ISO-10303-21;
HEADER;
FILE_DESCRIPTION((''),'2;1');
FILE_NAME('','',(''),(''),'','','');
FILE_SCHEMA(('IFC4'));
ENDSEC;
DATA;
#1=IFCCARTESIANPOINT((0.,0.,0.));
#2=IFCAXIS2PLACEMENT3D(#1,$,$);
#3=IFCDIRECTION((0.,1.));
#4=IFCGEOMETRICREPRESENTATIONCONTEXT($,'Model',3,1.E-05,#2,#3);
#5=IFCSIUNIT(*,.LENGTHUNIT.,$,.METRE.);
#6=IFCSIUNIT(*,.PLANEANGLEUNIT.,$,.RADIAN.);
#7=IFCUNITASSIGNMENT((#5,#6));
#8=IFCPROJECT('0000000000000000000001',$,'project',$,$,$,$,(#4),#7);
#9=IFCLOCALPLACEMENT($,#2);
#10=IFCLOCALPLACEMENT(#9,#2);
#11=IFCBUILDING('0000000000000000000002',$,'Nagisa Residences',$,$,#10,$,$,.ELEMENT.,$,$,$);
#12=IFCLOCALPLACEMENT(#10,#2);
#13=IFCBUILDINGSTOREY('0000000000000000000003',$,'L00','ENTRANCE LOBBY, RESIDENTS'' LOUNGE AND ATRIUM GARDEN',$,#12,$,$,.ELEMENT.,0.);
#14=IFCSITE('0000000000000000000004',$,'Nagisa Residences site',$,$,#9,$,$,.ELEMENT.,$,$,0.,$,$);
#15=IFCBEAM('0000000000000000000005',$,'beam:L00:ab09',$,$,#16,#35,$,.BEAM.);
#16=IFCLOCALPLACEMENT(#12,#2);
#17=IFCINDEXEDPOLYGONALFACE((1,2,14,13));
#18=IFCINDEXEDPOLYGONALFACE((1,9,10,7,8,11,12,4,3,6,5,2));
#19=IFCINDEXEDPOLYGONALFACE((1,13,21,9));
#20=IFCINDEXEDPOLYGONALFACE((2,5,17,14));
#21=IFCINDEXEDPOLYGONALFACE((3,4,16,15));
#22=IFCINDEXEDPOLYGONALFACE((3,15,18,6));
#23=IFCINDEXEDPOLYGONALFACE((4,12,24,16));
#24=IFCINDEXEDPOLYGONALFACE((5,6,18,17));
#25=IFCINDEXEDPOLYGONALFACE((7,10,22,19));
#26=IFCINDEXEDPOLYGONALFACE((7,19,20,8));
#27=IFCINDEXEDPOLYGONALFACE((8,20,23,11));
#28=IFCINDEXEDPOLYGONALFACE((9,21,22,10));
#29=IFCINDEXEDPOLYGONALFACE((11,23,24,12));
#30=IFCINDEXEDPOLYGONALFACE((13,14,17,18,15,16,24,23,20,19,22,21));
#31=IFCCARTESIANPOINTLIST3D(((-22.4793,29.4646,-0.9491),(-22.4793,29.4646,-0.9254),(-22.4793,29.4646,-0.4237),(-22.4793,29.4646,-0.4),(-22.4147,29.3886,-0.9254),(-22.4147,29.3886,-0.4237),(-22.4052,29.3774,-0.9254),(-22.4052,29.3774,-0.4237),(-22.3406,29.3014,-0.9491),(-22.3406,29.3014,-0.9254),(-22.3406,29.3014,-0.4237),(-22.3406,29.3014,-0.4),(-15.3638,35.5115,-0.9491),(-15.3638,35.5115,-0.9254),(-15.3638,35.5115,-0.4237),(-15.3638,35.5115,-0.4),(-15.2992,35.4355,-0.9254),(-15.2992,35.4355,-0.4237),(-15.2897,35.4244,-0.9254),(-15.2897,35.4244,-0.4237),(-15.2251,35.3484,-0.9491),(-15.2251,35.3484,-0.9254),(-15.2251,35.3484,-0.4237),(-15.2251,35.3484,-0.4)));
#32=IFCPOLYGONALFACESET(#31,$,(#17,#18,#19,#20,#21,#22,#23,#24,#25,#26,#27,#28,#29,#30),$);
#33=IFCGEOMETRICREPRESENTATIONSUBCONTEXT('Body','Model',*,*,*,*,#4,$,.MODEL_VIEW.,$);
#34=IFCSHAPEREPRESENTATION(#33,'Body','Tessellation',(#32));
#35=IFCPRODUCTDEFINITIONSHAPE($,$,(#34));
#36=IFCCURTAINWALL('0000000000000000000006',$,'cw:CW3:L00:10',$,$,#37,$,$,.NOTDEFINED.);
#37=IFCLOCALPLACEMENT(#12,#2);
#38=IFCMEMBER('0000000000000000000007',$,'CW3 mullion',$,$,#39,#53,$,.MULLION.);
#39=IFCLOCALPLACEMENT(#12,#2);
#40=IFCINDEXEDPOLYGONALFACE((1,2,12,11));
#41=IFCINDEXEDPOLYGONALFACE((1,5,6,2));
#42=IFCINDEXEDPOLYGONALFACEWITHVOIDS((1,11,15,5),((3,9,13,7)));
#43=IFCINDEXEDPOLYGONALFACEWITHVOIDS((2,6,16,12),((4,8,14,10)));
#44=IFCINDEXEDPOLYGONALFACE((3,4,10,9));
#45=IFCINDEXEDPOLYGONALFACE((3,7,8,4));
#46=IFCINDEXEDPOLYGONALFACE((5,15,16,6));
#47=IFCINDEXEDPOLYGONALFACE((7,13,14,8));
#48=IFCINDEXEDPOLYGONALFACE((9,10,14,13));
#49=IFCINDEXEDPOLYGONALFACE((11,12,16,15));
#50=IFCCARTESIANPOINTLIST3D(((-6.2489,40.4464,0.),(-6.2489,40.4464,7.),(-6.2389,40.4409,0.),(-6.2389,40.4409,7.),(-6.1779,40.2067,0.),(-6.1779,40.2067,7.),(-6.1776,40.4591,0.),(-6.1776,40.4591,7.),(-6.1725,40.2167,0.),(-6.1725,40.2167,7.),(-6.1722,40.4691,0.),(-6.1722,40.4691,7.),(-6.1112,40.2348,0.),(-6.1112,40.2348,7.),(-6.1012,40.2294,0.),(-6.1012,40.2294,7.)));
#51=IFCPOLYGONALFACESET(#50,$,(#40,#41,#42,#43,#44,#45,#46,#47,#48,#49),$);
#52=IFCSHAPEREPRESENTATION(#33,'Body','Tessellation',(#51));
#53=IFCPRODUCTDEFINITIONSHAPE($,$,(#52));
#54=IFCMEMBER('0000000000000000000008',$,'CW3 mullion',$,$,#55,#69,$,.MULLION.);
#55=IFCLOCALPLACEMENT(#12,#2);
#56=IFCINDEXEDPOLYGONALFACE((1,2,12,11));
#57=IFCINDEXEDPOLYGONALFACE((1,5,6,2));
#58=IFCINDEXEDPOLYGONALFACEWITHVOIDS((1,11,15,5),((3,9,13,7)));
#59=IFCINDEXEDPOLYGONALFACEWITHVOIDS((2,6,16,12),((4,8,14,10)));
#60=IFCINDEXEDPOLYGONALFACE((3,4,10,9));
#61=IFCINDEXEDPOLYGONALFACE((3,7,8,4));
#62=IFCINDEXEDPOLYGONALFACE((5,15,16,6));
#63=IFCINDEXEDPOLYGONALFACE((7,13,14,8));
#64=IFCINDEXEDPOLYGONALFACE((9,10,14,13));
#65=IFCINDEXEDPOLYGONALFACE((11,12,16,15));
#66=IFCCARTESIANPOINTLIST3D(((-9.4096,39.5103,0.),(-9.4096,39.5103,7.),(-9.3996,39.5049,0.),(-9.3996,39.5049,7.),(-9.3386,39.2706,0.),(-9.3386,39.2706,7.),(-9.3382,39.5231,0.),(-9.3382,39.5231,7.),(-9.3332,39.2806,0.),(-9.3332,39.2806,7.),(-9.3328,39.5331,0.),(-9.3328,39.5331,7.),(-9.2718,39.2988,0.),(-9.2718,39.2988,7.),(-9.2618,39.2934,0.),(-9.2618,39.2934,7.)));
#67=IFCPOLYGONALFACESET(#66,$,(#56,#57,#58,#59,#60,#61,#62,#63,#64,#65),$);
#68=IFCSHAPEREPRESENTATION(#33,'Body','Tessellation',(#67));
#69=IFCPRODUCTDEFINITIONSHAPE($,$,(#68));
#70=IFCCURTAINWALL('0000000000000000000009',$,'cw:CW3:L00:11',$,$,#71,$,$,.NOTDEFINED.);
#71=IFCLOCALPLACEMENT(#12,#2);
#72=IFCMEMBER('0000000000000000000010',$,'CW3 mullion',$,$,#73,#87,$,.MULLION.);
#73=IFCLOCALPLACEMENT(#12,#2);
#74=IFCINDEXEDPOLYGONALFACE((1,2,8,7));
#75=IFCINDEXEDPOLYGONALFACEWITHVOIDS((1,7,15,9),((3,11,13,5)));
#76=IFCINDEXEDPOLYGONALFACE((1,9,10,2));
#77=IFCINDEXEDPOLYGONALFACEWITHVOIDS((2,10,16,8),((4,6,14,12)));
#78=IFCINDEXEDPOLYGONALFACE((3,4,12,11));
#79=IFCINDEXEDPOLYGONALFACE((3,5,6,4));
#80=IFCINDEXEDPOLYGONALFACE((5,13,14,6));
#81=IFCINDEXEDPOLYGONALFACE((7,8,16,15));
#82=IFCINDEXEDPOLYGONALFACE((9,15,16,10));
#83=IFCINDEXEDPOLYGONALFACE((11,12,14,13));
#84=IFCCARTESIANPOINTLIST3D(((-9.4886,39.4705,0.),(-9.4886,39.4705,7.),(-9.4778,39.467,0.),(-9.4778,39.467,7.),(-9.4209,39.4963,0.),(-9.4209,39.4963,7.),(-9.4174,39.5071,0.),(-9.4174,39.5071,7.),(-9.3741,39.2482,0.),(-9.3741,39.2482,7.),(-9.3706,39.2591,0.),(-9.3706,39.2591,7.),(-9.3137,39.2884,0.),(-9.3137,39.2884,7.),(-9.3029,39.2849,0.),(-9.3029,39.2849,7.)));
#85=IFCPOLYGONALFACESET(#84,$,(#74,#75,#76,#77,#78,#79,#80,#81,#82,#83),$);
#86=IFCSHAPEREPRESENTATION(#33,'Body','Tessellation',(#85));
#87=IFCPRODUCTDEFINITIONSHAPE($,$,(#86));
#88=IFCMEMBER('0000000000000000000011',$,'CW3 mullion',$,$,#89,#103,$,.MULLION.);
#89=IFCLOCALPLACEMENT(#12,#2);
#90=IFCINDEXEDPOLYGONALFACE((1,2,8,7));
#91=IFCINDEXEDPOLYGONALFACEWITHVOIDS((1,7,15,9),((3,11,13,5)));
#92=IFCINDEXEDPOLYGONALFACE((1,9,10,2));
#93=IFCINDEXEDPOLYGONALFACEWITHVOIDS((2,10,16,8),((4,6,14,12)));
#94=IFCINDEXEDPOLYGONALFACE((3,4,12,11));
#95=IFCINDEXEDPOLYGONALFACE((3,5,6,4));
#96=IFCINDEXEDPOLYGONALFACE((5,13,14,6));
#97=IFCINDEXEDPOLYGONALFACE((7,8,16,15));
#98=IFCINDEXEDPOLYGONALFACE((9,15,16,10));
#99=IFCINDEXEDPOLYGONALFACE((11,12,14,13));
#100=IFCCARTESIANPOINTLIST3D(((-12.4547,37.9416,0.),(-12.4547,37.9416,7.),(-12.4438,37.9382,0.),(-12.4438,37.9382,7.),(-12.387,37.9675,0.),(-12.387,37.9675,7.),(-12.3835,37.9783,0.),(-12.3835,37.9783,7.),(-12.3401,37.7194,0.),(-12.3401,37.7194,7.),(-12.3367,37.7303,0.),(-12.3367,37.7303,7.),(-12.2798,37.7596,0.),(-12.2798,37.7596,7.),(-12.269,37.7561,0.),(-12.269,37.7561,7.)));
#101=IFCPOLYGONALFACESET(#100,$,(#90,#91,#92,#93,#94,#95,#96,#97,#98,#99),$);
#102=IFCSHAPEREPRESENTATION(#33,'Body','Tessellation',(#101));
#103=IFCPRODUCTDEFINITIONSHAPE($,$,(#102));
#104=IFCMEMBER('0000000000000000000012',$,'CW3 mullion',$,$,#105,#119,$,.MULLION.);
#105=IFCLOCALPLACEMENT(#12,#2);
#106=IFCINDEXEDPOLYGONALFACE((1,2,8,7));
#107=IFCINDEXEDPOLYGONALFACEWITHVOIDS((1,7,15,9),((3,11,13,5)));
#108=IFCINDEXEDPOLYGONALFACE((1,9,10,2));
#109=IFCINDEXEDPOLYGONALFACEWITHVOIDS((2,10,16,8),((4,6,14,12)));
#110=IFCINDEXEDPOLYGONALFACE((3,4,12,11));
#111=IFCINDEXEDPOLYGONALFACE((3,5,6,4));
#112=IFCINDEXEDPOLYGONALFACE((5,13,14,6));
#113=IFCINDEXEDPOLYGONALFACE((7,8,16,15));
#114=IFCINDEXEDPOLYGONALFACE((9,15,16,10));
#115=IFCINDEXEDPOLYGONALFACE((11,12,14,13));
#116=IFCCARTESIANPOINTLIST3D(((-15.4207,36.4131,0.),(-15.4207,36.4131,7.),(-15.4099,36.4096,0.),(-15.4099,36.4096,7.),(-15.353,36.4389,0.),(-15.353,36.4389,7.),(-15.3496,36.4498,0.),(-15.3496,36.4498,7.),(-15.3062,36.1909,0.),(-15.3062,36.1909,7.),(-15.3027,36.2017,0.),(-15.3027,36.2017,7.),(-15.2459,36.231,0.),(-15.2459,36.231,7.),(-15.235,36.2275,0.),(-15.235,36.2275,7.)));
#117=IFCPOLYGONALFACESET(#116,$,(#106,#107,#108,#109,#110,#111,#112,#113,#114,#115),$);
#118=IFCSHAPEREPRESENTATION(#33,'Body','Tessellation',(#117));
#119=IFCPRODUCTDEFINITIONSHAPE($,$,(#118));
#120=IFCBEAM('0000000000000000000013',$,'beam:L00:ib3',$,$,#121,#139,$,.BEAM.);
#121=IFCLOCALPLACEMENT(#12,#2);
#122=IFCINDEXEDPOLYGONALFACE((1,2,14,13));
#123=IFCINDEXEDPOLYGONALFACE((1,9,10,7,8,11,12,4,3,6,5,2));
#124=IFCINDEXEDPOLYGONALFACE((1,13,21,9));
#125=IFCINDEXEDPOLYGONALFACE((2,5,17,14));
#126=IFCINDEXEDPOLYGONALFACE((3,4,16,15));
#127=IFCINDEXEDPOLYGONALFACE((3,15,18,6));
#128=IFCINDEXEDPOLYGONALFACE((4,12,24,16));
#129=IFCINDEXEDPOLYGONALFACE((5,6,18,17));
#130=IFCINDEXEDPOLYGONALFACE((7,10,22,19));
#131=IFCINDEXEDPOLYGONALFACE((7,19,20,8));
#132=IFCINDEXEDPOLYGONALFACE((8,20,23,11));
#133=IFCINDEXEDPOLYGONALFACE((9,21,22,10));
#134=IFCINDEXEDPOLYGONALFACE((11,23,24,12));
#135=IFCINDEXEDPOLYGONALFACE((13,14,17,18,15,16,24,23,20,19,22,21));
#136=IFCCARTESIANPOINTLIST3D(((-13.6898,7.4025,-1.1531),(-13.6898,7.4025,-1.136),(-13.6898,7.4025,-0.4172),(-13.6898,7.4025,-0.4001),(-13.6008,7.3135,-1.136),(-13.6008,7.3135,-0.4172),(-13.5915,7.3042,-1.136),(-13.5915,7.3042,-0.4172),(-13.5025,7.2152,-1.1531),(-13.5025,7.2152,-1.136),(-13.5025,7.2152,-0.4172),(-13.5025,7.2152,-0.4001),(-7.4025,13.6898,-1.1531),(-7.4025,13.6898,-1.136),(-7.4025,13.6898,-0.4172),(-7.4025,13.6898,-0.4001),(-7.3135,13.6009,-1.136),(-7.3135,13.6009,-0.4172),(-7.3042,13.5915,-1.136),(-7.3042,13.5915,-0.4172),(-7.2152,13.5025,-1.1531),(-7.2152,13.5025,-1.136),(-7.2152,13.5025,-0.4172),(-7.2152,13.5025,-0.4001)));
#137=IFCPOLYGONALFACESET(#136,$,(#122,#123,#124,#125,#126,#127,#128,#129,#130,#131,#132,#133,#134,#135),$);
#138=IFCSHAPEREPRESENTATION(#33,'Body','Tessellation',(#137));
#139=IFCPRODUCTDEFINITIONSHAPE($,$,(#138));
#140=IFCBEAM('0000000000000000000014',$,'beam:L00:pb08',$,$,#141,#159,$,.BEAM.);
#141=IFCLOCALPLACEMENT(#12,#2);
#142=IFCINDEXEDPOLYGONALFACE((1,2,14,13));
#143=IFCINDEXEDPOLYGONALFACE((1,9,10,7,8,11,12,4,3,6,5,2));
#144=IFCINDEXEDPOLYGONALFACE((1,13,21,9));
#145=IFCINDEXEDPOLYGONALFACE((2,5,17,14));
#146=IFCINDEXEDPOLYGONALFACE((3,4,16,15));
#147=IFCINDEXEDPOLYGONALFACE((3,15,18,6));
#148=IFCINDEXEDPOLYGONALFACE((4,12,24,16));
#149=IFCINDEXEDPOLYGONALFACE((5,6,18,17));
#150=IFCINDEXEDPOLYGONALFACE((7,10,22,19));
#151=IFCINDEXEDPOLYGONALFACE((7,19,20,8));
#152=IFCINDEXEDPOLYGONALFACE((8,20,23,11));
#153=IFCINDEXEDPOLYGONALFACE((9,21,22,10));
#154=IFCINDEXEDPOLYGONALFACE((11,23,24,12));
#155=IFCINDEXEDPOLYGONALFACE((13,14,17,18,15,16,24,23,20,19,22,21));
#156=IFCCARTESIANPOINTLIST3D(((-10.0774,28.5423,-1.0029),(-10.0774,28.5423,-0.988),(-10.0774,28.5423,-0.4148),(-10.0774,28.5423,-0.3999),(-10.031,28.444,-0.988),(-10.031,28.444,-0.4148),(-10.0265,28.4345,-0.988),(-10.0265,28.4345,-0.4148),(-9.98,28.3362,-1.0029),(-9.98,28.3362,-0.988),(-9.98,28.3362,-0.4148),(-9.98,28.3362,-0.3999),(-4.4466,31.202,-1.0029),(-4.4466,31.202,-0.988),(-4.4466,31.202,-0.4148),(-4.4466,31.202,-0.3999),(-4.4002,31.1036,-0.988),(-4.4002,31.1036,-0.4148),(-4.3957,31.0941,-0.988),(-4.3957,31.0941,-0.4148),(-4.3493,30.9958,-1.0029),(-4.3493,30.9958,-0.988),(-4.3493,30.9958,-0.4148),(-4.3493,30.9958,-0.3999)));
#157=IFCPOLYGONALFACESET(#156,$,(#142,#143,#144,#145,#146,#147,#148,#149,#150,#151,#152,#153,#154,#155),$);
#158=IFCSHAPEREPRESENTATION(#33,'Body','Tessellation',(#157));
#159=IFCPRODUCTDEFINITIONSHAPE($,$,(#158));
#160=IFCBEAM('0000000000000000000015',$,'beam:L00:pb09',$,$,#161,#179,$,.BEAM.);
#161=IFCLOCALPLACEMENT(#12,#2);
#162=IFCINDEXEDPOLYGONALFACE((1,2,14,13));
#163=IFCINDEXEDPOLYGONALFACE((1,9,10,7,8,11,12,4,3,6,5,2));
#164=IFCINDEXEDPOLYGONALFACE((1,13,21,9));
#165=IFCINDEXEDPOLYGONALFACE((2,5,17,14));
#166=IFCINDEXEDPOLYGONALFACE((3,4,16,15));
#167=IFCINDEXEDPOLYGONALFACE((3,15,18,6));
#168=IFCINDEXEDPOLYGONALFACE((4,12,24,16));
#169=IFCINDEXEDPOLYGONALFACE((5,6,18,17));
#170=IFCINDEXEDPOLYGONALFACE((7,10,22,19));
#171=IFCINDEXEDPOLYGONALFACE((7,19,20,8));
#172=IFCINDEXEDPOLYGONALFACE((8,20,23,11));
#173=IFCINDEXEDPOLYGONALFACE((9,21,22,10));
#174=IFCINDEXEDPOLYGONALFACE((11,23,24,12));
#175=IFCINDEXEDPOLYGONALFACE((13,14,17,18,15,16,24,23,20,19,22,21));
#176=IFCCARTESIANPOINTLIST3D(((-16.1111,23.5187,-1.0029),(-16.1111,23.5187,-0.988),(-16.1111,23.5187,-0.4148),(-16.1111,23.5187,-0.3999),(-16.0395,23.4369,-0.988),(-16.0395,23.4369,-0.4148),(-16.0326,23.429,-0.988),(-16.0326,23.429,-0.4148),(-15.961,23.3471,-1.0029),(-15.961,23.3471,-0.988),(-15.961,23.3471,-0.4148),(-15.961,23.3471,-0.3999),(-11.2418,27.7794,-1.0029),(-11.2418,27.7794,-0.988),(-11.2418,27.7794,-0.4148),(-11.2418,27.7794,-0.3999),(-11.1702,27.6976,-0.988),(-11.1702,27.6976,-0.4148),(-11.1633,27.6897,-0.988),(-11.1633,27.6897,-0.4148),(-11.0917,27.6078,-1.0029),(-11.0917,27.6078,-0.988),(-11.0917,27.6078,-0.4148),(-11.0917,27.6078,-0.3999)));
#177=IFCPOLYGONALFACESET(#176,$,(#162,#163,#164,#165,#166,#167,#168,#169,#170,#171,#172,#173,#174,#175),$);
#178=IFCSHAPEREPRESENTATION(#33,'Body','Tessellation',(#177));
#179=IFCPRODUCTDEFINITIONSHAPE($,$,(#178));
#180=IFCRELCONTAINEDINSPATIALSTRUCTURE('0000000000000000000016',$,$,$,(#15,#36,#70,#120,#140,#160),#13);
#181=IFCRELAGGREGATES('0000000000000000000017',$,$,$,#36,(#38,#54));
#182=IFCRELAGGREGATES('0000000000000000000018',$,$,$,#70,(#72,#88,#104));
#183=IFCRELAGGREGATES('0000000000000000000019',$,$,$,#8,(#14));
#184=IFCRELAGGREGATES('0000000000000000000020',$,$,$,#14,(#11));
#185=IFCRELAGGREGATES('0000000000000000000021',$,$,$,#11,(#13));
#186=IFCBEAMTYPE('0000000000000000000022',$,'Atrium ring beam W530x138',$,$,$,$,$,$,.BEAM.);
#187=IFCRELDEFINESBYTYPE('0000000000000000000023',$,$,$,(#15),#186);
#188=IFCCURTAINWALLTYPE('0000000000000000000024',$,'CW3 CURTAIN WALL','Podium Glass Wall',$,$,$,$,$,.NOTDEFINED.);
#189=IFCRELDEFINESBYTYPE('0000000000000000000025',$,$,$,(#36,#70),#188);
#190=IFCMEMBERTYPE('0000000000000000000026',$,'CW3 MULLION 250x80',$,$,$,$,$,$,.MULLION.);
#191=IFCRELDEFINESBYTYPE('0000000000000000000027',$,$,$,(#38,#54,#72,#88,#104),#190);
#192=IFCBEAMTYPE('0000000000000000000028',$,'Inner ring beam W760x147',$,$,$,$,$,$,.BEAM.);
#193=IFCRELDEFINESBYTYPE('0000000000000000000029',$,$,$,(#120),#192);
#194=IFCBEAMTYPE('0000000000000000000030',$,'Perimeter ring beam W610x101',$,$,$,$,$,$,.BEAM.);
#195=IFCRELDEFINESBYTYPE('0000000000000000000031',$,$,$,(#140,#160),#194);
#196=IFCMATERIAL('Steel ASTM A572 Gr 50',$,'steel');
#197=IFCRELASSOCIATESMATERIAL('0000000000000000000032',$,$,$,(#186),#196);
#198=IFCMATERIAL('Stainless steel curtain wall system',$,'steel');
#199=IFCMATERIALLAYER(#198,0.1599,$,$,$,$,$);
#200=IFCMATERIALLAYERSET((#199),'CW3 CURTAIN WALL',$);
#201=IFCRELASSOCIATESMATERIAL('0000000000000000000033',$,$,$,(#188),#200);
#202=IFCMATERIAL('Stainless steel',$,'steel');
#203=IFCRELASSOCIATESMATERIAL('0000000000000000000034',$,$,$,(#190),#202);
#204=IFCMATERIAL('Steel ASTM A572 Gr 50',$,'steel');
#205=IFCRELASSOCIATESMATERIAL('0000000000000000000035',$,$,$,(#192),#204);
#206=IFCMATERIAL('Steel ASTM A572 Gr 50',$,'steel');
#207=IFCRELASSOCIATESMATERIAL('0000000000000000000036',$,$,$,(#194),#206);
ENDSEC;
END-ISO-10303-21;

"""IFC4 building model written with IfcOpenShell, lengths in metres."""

from ifc_helpers import new_model, si_unit, direction, frame, origin, origin_2d, place, context, subcontext, project, spatial, hollow_rectangle, i_section, extrude, material, layer, layer_set, material_profile, profile_set, type_object, element, aggregate, save


model = new_model("IFC4")

# Units and contexts
model_context = context("Model", 3, precision=1e-05, world=origin(), true_north=direction((0.0, 1.0)))
body_context = subcontext(model_context, "Body", "Model", "MODEL_VIEW")
ifc_project = project(units=[si_unit("LENGTHUNIT", "METRE"), si_unit("PLANEANGLEUNIT", "RADIAN")], contexts=[model_context])

# Site, building, storey
site_placement = place(None, origin())
site = spatial("IfcSite", under=ifc_project, at=site_placement, Name="Nagisa Residences site", CompositionType="ELEMENT", RefElevation=0.0)
building_placement = place(site_placement, origin())
building = spatial("IfcBuilding", under=site, at=building_placement, Name="Nagisa Residences", CompositionType="ELEMENT")
storey_placement = place(building_placement, origin())
storey = spatial("IfcBuildingStorey", under=building, at=storey_placement, Name="L00", Description="ENTRANCE LOBBY, RESIDENTS' LOUNGE AND ATRIUM GARDEN", CompositionType="ELEMENT", Elevation=0.0)

# Beam
ifc_material_1 = material(Name="Steel ASTM A572 Gr 50", Category="steel")
ifc_material_profile_1 = material_profile(ifc_material_1, i_section(OverallWidth=0.2141, OverallDepth=0.5491, WebThickness=0.0146, FlangeThickness=0.0237, at=origin_2d()), Name="W530x138")
ifc_profile_set_1 = profile_set([ifc_material_profile_1], Name="Steel ASTM A572 Gr 50")
beam_type_1 = type_object("IfcBeamType", Name="Atrium ring beam W530x138", PredefinedType="BEAM", material=ifc_profile_set_1)
beam_1_placement = place(storey_placement, frame((-15.2944, 35.4299, -0.6746), z_axis=(-0.762007, -0.647569, 0.0), x_axis=(0.647569, -0.762007, 0.0)))
element("IfcBeam", 1, at=beam_1_placement, inside=storey, type_object=beam_type_1, Name="beam:L00:ab09", PredefinedType="BEAM", context=body_context, shape_type="SweptSolid", body=[
    extrude(i_section(OverallWidth=0.2141, OverallDepth=0.5491, WebThickness=0.0146, FlangeThickness=0.0237, at=origin_2d()), origin(), (0.0, 0.0, 1.0), 9.3379),
])

# Curtain walls, members
ifc_material_2 = material(Name="Stainless steel curtain wall system", Category="steel")
ifc_layer_1 = layer(ifc_material_2, 0.1599)
ifc_layer_set_1 = layer_set([ifc_layer_1], Name="CW3 CURTAIN WALL")
curtain_wall_type = type_object("IfcCurtainWallType", Name="CW3 CURTAIN WALL", Description="Podium Glass Wall", PredefinedType="NOTDEFINED", material=ifc_layer_set_1)
curtain_wall_1_placement = place(storey_placement, origin())
curtain_wall_1 = element("IfcCurtainWall", 2, at=curtain_wall_1_placement, inside=storey, type_object=curtain_wall_type, Name="cw:CW3:L00:10", PredefinedType="NOTDEFINED")
ifc_material_3 = material(Name="Stainless steel", Category="steel")
ifc_material_profile_2 = material_profile(ifc_material_3, hollow_rectangle(XDim=0.25, YDim=0.0801, WallThickness=0.0081, at=origin_2d()), Name="CW3 MULLION 250x80")
ifc_profile_set_2 = profile_set([ifc_material_profile_2], Name="Stainless steel")
member_type = type_object("IfcMemberType", Name="CW3 MULLION 250x80", PredefinedType="MULLION", material=ifc_profile_set_2)
member_1_placement = place(storey_placement, frame((-6.175, 40.3379, 0.0), z_axis=(0.0, 0.0, 1.0), x_axis=(0.283963, -0.958835, 0.0)))
member_1 = element("IfcMember", 3, at=member_1_placement, type_object=member_type, Name="CW3 mullion", PredefinedType="MULLION", context=body_context, shape_type="SweptSolid", body=[
    extrude(hollow_rectangle(XDim=0.25, YDim=0.0801, WallThickness=0.0081, at=origin_2d()), origin(), (0.0, 0.0, 1.0), 7.0),
])
member_2_placement = place(storey_placement, frame((-9.3357, 39.4019, 0.0), z_axis=(0.0, 0.0, 1.0), x_axis=(0.283963, -0.958835, 0.0)))
member_2 = element("IfcMember", 4, at=member_2_placement, type_object=member_type, Name="CW3 mullion", PredefinedType="MULLION", context=body_context, shape_type="SweptSolid", body=[
    extrude(hollow_rectangle(XDim=0.25, YDim=0.0801, WallThickness=0.0081, at=origin_2d()), origin(), (0.0, 0.0, 1.0), 7.0),
])
aggregate(curtain_wall_1, [member_1, member_2])
curtain_wall_2_placement = place(storey_placement, origin())
curtain_wall_2 = element("IfcCurtainWall", 5, at=curtain_wall_2_placement, inside=storey, type_object=curtain_wall_type, Name="cw:CW3:L00:11", PredefinedType="NOTDEFINED")
member_3_placement = place(storey_placement, frame((-9.3958, 39.3777, 0.0), z_axis=(0.0, 0.0, 1.0), x_axis=(0.458126, -0.888887, 0.0)))
member_3 = element("IfcMember", 6, at=member_3_placement, type_object=member_type, Name="CW3 mullion", PredefinedType="MULLION", context=body_context, shape_type="SweptSolid", body=[
    extrude(hollow_rectangle(XDim=0.25, YDim=0.0801, WallThickness=0.0081, at=origin_2d()), origin(), (0.0, 0.0, 1.0), 7.0),
])
member_4_placement = place(storey_placement, frame((-12.3618, 37.8489, 0.0), z_axis=(0.0, 0.0, 1.0), x_axis=(0.458126, -0.888887, 0.0)))
member_4 = element("IfcMember", 7, at=member_4_placement, type_object=member_type, Name="CW3 mullion", PredefinedType="MULLION", context=body_context, shape_type="SweptSolid", body=[
    extrude(hollow_rectangle(XDim=0.25, YDim=0.0801, WallThickness=0.0081, at=origin_2d()), origin(), (0.0, 0.0, 1.0), 7.0),
])
member_5_placement = place(storey_placement, frame((-15.3279, 36.3203, 0.0), z_axis=(0.0, 0.0, 1.0), x_axis=(0.458126, -0.888887, 0.0)))
member_5 = element("IfcMember", 8, at=member_5_placement, type_object=member_type, Name="CW3 mullion", PredefinedType="MULLION", context=body_context, shape_type="SweptSolid", body=[
    extrude(hollow_rectangle(XDim=0.25, YDim=0.0801, WallThickness=0.0081, at=origin_2d()), origin(), (0.0, 0.0, 1.0), 7.0),
])
aggregate(curtain_wall_2, [member_3, member_4, member_5])

# Beams
ifc_material_4 = material(Name="Steel ASTM A572 Gr 50", Category="steel")
ifc_material_profile_3 = material_profile(ifc_material_4, i_section(OverallWidth=0.2649, OverallDepth=0.7529, WebThickness=0.0132, FlangeThickness=0.0171, at=origin_2d()), Name="W760x147")
ifc_profile_set_3 = profile_set([ifc_material_profile_3], Name="Steel ASTM A572 Gr 50")
beam_type_2 = type_object("IfcBeamType", Name="Inner ring beam W760x147", PredefinedType="BEAM", material=ifc_profile_set_3)
beam_2_placement = place(storey_placement, frame((-7.3088, 13.5962, -0.7766), z_axis=(-0.707107, -0.707107, 0.0), x_axis=(0.707107, -0.707107, 0.0)))
element("IfcBeam", 9, at=beam_2_placement, inside=storey, type_object=beam_type_2, Name="beam:L00:ib3", PredefinedType="BEAM", context=body_context, shape_type="SweptSolid", body=[
    extrude(i_section(OverallWidth=0.2649, OverallDepth=0.7529, WebThickness=0.0132, FlangeThickness=0.0171, at=origin_2d()), origin(), (0.0, 0.0, 1.0), 8.8916),
])
ifc_material_5 = material(Name="Steel ASTM A572 Gr 50", Category="steel")
ifc_material_profile_4 = material_profile(ifc_material_5, i_section(OverallWidth=0.228, OverallDepth=0.603, WebThickness=0.0105, FlangeThickness=0.0149, at=origin_2d()), Name="W610x101")
ifc_profile_set_4 = profile_set([ifc_material_profile_4], Name="Steel ASTM A572 Gr 50")
beam_type_3 = type_object("IfcBeamType", Name="Perimeter ring beam W610x101", PredefinedType="BEAM", material=ifc_profile_set_4)
beam_3_placement = place(storey_placement, frame((-4.3979, 31.0989, -0.7014), z_axis=(-0.904208, -0.427092, 0.0), x_axis=(0.427092, -0.904208, 0.0)))
element("IfcBeam", 10, at=beam_3_placement, inside=storey, type_object=beam_type_3, Name="beam:L00:pb08", PredefinedType="BEAM", context=body_context, shape_type="SweptSolid", body=[
    extrude(i_section(OverallWidth=0.228, OverallDepth=0.603, WebThickness=0.0105, FlangeThickness=0.0149, at=origin_2d()), origin(), (0.0, 0.0, 1.0), 6.2273),
])
beam_4_placement = place(storey_placement, frame((-11.1667, 27.6936, -0.7014), z_axis=(-0.752574, -0.658507, 0.0), x_axis=(0.658507, -0.752574, 0.0)))
element("IfcBeam", 11, at=beam_4_placement, inside=storey, type_object=beam_type_3, Name="beam:L00:pb09", PredefinedType="BEAM", context=body_context, shape_type="SweptSolid", body=[
    extrude(i_section(OverallWidth=0.228, OverallDepth=0.603, WebThickness=0.0105, FlangeThickness=0.0149, at=origin_2d()), origin(), (0.0, 0.0, 1.0), 6.4702),
])

save(model, "model.ifc")
